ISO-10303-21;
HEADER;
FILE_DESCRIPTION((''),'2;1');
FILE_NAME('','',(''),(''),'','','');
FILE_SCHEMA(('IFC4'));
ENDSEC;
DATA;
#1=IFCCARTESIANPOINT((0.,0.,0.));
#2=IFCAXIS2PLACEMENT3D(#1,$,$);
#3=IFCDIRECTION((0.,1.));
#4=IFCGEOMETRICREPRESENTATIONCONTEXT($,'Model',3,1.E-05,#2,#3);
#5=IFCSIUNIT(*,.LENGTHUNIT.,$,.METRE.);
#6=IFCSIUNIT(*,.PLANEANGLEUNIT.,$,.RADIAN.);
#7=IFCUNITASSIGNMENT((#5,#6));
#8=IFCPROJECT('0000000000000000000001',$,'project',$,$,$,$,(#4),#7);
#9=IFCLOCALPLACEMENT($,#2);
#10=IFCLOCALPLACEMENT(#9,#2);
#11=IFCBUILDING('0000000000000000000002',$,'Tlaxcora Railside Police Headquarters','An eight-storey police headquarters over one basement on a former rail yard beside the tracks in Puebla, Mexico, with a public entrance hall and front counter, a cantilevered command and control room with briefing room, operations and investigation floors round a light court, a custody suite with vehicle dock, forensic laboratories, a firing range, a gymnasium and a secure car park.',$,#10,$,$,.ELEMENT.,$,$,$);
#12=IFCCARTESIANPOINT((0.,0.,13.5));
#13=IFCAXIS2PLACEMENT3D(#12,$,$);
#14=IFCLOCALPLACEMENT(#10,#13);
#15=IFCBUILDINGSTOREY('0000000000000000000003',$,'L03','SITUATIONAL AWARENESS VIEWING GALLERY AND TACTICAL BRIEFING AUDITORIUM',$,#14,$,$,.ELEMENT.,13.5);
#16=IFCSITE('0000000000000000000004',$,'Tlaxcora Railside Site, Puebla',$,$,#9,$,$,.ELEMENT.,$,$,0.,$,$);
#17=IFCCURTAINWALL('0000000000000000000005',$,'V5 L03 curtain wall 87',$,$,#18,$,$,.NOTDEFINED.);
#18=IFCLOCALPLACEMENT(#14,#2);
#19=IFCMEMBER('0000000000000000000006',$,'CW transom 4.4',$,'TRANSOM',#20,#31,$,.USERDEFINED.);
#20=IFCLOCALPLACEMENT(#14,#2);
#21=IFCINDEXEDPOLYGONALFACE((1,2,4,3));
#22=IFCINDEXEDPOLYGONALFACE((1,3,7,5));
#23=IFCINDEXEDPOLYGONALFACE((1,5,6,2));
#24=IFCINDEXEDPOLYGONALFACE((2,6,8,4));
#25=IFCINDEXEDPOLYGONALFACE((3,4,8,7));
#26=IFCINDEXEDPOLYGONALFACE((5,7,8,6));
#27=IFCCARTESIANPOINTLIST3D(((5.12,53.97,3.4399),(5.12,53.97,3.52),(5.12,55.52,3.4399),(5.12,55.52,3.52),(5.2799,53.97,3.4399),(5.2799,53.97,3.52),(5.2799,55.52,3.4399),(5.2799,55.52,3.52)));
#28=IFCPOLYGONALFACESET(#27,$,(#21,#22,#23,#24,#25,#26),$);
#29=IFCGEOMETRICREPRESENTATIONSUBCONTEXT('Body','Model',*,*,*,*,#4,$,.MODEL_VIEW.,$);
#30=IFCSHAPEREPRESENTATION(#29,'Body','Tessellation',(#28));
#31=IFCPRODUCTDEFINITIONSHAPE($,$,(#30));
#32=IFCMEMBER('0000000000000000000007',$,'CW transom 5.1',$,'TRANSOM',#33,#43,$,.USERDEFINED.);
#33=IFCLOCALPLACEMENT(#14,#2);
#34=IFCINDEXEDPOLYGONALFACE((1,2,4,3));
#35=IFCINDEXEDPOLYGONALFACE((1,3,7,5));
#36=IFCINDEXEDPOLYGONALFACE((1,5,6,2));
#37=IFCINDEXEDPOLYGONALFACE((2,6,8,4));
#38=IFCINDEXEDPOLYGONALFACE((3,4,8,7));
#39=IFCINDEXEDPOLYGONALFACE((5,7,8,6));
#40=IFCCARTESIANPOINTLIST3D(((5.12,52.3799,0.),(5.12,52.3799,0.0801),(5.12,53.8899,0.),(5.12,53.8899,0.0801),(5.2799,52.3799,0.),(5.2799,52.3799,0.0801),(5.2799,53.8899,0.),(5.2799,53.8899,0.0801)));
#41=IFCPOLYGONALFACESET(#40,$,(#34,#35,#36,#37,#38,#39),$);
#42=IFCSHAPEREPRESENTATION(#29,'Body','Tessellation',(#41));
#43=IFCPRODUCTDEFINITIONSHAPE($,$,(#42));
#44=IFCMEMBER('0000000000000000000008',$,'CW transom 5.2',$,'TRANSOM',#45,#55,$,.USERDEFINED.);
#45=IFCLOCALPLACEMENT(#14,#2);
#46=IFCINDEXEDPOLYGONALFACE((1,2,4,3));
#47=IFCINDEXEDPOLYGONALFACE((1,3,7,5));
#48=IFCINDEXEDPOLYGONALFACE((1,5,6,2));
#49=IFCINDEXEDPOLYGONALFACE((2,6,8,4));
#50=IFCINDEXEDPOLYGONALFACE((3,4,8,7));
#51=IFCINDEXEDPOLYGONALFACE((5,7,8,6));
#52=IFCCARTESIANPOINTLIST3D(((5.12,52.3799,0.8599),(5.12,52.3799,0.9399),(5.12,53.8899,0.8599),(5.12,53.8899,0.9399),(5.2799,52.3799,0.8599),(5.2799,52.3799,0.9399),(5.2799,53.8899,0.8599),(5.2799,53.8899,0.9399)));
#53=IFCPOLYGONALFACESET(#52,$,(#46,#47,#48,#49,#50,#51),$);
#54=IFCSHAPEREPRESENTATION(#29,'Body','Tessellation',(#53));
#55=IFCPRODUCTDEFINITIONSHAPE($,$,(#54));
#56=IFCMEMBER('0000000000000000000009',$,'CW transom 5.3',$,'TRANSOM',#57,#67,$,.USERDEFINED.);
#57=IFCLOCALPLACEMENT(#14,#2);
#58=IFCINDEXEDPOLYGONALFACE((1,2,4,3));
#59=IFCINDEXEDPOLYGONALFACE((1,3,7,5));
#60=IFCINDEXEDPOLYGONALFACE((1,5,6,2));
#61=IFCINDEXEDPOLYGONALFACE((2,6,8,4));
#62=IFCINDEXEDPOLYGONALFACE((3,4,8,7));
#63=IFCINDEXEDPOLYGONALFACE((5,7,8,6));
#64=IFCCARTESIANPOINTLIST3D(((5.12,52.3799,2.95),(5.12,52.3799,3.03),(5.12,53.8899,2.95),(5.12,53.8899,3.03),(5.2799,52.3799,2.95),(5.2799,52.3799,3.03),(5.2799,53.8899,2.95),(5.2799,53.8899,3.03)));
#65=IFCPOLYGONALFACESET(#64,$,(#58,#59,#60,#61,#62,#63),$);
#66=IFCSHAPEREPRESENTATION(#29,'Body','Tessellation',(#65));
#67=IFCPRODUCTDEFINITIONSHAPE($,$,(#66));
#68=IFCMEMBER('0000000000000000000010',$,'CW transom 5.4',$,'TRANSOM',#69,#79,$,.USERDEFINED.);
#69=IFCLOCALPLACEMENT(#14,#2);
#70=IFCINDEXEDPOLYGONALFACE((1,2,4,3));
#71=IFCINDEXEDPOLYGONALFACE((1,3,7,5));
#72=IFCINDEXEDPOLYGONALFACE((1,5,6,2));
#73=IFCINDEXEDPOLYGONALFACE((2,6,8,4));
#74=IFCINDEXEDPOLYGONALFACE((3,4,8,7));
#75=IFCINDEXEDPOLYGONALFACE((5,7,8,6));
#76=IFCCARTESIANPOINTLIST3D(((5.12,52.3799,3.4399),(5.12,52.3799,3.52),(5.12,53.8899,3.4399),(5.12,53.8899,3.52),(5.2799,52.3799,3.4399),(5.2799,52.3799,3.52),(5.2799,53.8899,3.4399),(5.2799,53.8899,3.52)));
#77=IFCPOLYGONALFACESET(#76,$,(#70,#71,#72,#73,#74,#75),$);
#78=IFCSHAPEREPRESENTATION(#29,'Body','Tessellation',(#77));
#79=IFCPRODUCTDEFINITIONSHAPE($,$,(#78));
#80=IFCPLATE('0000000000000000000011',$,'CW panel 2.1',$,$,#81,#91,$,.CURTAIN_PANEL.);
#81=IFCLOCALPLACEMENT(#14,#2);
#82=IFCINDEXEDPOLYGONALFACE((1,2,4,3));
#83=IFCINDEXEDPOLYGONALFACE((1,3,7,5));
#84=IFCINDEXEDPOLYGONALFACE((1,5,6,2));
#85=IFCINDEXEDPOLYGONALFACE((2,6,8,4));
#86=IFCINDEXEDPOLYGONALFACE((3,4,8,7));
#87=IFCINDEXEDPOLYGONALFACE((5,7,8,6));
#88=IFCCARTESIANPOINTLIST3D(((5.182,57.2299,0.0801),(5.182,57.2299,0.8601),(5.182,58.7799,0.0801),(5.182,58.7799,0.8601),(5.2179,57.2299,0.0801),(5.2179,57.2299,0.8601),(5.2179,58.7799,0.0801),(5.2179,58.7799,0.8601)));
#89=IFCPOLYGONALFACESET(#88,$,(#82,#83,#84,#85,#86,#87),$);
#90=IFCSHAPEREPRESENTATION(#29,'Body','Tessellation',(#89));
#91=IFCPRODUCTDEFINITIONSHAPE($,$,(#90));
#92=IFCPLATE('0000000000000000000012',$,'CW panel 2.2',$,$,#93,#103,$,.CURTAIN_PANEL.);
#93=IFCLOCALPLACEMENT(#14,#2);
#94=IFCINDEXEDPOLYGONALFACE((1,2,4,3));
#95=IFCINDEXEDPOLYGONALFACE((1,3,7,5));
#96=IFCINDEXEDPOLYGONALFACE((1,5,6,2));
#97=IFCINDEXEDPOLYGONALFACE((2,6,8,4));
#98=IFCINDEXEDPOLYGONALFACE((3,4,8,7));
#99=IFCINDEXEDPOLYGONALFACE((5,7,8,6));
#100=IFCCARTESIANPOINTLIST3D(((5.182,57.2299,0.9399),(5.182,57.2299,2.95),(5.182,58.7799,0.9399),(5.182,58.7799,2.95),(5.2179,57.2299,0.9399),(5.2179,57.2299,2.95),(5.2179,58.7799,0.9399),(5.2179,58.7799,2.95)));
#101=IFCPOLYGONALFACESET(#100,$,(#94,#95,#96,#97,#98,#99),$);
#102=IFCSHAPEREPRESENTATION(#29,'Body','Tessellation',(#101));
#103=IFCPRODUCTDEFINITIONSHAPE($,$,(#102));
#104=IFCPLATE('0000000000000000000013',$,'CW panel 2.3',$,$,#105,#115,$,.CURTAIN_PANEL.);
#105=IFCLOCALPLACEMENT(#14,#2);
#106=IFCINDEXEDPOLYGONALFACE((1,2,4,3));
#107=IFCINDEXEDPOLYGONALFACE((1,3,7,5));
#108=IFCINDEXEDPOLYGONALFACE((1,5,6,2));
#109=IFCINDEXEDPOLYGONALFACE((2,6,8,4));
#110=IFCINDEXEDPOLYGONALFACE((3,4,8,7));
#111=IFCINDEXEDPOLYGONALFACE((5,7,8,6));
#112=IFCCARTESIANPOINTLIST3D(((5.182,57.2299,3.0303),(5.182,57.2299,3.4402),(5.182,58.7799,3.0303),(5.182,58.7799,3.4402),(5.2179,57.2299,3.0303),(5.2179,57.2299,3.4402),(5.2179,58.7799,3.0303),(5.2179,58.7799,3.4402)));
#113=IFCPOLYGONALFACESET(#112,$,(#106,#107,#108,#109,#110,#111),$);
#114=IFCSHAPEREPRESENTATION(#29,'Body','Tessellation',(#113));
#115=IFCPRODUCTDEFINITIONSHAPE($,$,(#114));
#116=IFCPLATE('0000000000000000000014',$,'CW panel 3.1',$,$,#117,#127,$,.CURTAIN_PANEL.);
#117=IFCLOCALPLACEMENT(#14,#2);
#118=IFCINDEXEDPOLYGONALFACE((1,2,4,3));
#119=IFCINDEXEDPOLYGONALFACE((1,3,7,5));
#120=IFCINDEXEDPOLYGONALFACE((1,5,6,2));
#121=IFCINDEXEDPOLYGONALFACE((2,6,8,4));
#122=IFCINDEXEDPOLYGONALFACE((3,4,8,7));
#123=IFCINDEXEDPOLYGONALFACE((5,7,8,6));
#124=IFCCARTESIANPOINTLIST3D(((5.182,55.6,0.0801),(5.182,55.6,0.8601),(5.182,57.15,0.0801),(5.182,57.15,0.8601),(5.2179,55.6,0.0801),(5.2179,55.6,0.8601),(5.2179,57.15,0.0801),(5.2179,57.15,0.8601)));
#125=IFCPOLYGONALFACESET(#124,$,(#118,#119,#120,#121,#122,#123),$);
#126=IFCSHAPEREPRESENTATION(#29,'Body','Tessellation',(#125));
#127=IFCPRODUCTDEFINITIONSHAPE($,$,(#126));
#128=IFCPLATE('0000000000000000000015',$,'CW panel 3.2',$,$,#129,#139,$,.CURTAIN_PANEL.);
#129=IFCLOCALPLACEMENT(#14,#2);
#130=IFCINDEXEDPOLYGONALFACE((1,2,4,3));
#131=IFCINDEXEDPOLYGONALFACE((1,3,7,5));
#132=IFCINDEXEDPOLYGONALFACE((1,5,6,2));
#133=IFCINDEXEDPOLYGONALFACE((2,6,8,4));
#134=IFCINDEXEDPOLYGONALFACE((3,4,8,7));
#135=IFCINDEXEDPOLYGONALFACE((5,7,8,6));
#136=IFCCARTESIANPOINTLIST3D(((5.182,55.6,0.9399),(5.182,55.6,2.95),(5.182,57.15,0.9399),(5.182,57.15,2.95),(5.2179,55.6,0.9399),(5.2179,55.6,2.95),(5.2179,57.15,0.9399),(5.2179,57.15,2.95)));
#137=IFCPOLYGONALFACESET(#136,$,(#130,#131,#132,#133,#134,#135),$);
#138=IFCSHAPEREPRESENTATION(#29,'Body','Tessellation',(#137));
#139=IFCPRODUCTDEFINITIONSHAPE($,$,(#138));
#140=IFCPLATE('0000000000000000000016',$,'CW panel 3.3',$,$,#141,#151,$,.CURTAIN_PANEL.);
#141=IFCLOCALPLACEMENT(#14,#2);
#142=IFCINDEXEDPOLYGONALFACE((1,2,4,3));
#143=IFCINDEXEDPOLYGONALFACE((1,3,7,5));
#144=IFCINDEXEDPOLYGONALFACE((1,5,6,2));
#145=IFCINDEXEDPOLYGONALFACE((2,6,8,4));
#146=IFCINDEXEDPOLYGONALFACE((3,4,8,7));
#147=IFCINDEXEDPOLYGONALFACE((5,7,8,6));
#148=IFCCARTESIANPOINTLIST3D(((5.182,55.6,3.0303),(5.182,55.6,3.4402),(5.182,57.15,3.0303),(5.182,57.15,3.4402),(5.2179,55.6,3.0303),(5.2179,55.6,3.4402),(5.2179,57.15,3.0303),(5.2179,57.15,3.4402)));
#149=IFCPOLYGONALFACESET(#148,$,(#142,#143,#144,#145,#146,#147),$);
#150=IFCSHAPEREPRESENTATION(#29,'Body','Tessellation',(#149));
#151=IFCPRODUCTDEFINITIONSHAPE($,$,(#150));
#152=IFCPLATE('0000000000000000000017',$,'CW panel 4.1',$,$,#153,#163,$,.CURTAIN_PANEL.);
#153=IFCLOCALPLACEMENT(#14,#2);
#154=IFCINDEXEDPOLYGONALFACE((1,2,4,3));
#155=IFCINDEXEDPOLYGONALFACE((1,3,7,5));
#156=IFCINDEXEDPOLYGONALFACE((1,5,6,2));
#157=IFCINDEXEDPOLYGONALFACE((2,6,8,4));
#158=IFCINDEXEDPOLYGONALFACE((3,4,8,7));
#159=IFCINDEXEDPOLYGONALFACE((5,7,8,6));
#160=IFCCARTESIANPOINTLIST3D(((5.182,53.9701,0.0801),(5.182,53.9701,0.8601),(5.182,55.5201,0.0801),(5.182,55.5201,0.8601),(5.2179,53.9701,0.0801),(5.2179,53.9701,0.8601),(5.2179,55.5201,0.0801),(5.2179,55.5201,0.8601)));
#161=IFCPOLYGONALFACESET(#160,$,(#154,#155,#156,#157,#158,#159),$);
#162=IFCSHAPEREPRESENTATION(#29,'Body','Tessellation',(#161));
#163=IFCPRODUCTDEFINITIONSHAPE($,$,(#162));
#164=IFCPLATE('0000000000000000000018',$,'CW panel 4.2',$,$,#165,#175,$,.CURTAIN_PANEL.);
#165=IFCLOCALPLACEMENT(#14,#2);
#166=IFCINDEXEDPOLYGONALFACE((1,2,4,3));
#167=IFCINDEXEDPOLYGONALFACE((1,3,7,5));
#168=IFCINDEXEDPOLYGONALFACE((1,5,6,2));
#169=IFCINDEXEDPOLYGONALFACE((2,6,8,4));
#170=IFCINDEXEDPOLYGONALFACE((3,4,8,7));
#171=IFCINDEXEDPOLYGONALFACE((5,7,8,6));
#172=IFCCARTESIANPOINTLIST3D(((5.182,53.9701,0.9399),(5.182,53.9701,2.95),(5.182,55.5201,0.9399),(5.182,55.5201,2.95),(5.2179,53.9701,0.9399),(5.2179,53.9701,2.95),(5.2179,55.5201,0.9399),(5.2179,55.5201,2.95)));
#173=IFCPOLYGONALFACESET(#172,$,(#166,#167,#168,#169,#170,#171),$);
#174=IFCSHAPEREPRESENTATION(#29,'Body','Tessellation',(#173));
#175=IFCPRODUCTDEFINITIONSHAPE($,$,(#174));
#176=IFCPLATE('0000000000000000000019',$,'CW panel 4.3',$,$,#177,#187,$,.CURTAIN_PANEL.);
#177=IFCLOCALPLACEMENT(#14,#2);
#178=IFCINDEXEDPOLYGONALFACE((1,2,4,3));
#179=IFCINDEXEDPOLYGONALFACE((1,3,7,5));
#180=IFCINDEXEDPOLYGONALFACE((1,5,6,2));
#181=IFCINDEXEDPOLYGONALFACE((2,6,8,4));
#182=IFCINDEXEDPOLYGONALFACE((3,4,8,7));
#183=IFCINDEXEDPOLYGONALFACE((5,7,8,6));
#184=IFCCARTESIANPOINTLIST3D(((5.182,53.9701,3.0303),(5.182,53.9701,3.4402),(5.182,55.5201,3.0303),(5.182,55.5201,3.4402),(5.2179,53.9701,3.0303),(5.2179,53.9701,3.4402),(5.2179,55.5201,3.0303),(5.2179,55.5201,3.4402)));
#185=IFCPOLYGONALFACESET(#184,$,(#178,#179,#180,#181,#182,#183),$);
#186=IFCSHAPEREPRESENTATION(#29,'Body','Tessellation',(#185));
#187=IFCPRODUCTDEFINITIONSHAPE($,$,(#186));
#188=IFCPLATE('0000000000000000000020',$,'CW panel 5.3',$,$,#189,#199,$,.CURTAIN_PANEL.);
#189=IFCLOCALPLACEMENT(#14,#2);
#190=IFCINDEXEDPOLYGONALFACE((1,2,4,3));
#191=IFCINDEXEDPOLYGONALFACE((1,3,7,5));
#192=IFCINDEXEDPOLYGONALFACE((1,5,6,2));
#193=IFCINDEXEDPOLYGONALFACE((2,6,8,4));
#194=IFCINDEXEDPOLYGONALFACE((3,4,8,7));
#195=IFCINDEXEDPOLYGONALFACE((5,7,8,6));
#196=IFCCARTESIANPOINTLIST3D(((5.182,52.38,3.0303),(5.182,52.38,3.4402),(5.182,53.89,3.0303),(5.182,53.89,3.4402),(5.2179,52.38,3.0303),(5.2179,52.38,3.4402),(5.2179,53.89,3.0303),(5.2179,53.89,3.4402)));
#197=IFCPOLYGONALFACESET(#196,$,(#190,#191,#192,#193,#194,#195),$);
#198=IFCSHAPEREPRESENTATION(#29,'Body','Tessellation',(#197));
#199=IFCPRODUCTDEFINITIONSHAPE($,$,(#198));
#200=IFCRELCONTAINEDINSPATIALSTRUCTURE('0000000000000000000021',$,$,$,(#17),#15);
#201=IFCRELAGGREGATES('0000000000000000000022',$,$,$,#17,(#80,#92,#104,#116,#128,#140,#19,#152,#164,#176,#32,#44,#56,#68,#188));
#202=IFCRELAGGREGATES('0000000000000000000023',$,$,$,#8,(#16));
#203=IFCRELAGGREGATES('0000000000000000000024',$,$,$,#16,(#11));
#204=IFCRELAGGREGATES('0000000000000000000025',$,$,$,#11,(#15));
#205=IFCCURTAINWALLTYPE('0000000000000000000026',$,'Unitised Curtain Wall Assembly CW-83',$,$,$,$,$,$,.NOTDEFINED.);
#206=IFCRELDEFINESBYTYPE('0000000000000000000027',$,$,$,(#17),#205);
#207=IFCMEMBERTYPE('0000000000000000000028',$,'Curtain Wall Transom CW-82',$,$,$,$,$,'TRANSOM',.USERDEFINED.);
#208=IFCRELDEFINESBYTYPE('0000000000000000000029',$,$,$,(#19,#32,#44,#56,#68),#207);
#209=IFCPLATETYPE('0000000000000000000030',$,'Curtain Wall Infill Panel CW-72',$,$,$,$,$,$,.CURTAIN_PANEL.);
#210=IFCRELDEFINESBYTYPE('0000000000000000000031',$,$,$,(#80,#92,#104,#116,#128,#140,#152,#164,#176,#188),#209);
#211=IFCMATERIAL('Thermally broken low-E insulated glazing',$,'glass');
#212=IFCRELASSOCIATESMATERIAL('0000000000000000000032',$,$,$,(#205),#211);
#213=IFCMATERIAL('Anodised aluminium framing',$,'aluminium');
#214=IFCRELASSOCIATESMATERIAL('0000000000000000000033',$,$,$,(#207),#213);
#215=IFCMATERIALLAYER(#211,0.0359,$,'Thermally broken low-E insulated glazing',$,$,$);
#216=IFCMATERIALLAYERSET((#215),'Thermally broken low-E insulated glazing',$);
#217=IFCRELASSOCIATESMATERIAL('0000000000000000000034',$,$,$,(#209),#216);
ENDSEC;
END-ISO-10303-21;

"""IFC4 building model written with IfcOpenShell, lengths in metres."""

from ifc_helpers import new_model, si_unit, direction, frame, origin, origin_2d, place, context, subcontext, project, spatial, rectangle, extrude, material, layer, layer_set, material_profile, profile_set, type_object, element, aggregate, save


model = new_model("IFC4")

# Units and contexts
model_context = context("Model", 3, precision=1e-05, world=origin(), true_north=direction((0.0, 1.0)))
body_context = subcontext(model_context, "Body", "Model", "MODEL_VIEW")
ifc_project = project(units=[si_unit("LENGTHUNIT", "METRE"), si_unit("PLANEANGLEUNIT", "RADIAN")], contexts=[model_context])

# Site, building, storey
site_placement = place(None, origin())
site = spatial("IfcSite", under=ifc_project, at=site_placement, Name="Tlaxcora Railside Site, Puebla", CompositionType="ELEMENT", RefElevation=0.0)
building_placement = place(site_placement, origin())
building = spatial("IfcBuilding", under=site, at=building_placement, Name="Tlaxcora Railside Police Headquarters", Description="An eight-storey police headquarters over one basement on a former rail yard beside the tracks in Puebla, Mexico, with a public entrance hall and front counter, a cantilevered command and control room with briefing room, operations and investigation floors round a light court, a custody suite with vehicle dock, forensic laboratories, a firing range, a gymnasium and a secure car park.", CompositionType="ELEMENT")
storey_placement = place(building_placement, frame((0.0, 0.0, 13.5)))
storey = spatial("IfcBuildingStorey", under=building, at=storey_placement, Name="L03", Description="SITUATIONAL AWARENESS VIEWING GALLERY AND TACTICAL BRIEFING AUDITORIUM", CompositionType="ELEMENT", Elevation=13.5)

# Curtain wall, members, plates
ifc_material_1 = material(Name="Thermally broken low-E insulated glazing", Category="glass")
curtain_wall_type = type_object("IfcCurtainWallType", Name="Unitised Curtain Wall Assembly CW-83", PredefinedType="NOTDEFINED", material=ifc_material_1)
curtain_wall_placement = place(storey_placement, origin())
curtain_wall = element("IfcCurtainWall", 1, at=curtain_wall_placement, inside=storey, type_object=curtain_wall_type, Name="V5 L03 curtain wall 87", PredefinedType="NOTDEFINED")
ifc_material_2 = material(Name="Anodised aluminium framing", Category="aluminium")
ifc_material_profile_1 = material_profile(ifc_material_2, rectangle(XDim=0.1599, YDim=0.0801, at=origin_2d()), Name="AL80X160")
ifc_profile_set_1 = profile_set([ifc_material_profile_1], Name="Anodised aluminium framing")
member_type_1 = type_object("IfcMemberType", Name="Curtain Wall Transom CW-82", ElementType="TRANSOM", PredefinedType="USERDEFINED", material=ifc_profile_set_1)
member_1_placement = place(storey_placement, frame((5.2, 55.52, 3.48), z_axis=(0.0, -1.0, 0.0), x_axis=(1.0, 0.0, 0.0)))
member_1 = element("IfcMember", 2, at=member_1_placement, type_object=member_type_1, Name="CW transom 4.4", ObjectType="TRANSOM", PredefinedType="USERDEFINED", context=body_context, shape_type="SweptSolid", body=[
    extrude(rectangle(XDim=0.1599, YDim=0.0801, at=origin_2d()), origin(), (0.0, 0.0, 1.0), 1.55),
])
member_2_placement = place(storey_placement, frame((5.2, 53.8899, 0.04), z_axis=(0.0, -1.0, 0.0), x_axis=(1.0, 0.0, 0.0)))
member_2 = element("IfcMember", 3, at=member_2_placement, type_object=member_type_1, Name="CW transom 5.1", ObjectType="TRANSOM", PredefinedType="USERDEFINED", context=body_context, shape_type="SweptSolid", body=[
    extrude(rectangle(XDim=0.1599, YDim=0.0801, at=origin_2d()), origin(), (0.0, 0.0, 1.0), 1.51),
])
member_3_placement = place(storey_placement, frame((5.2, 53.8899, 0.8999), z_axis=(0.0, -1.0, 0.0), x_axis=(1.0, 0.0, 0.0)))
member_3 = element("IfcMember", 4, at=member_3_placement, type_object=member_type_1, Name="CW transom 5.2", ObjectType="TRANSOM", PredefinedType="USERDEFINED", context=body_context, shape_type="SweptSolid", body=[
    extrude(rectangle(XDim=0.1599, YDim=0.0801, at=origin_2d()), origin(), (0.0, 0.0, 1.0), 1.51),
])
member_4_placement = place(storey_placement, frame((5.2, 53.8899, 2.99), z_axis=(0.0, -1.0, 0.0), x_axis=(1.0, 0.0, 0.0)))
member_4 = element("IfcMember", 5, at=member_4_placement, type_object=member_type_1, Name="CW transom 5.3", ObjectType="TRANSOM", PredefinedType="USERDEFINED", context=body_context, shape_type="SweptSolid", body=[
    extrude(rectangle(XDim=0.1599, YDim=0.0801, at=origin_2d()), origin(), (0.0, 0.0, 1.0), 1.51),
])
member_5_placement = place(storey_placement, frame((5.2, 53.8899, 3.48), z_axis=(0.0, -1.0, 0.0), x_axis=(1.0, 0.0, 0.0)))
member_5 = element("IfcMember", 6, at=member_5_placement, type_object=member_type_1, Name="CW transom 5.4", ObjectType="TRANSOM", PredefinedType="USERDEFINED", context=body_context, shape_type="SweptSolid", body=[
    extrude(rectangle(XDim=0.1599, YDim=0.0801, at=origin_2d()), origin(), (0.0, 0.0, 1.0), 1.51),
])
ifc_layer_1 = layer(ifc_material_1, 0.0359, Name="Thermally broken low-E insulated glazing")
ifc_layer_set_1 = layer_set([ifc_layer_1], Name="Thermally broken low-E insulated glazing")
plate_type = type_object("IfcPlateType", Name="Curtain Wall Infill Panel CW-72", PredefinedType="CURTAIN_PANEL", material=ifc_layer_set_1)
plate_1_placement = place(storey_placement, frame((5.2, 58.0049, 0.0801), z_axis=(0.0, 0.0, 1.0), x_axis=(0.0, -1.0, 0.0)))
plate_1 = element("IfcPlate", 7, at=plate_1_placement, type_object=plate_type, Name="CW panel 2.1", PredefinedType="CURTAIN_PANEL", context=body_context, shape_type="SweptSolid", body=[
    extrude(rectangle(XDim=1.55, YDim=0.0359, at=origin_2d()), origin(), (0.0, 0.0, 1.0), 0.78),
])
plate_2_placement = place(storey_placement, frame((5.2, 58.0049, 0.9399), z_axis=(0.0, 0.0, 1.0), x_axis=(0.0, -1.0, 0.0)))
plate_2 = element("IfcPlate", 8, at=plate_2_placement, type_object=plate_type, Name="CW panel 2.2", PredefinedType="CURTAIN_PANEL", context=body_context, shape_type="SweptSolid", body=[
    extrude(rectangle(XDim=1.55, YDim=0.0359, at=origin_2d()), origin(), (0.0, 0.0, 1.0), 2.01),
])
plate_3_placement = place(storey_placement, frame((5.2, 58.0049, 3.0303), z_axis=(0.0, 0.0, 1.0), x_axis=(0.0, -1.0, 0.0)))
plate_3 = element("IfcPlate", 9, at=plate_3_placement, type_object=plate_type, Name="CW panel 2.3", PredefinedType="CURTAIN_PANEL", context=body_context, shape_type="SweptSolid", body=[
    extrude(rectangle(XDim=1.55, YDim=0.0359, at=origin_2d()), origin(), (0.0, 0.0, 1.0), 0.4099),
])
plate_4_placement = place(storey_placement, frame((5.2, 56.375, 0.0801), z_axis=(0.0, 0.0, 1.0), x_axis=(0.0, -1.0, 0.0)))
plate_4 = element("IfcPlate", 10, at=plate_4_placement, type_object=plate_type, Name="CW panel 3.1", PredefinedType="CURTAIN_PANEL", context=body_context, shape_type="SweptSolid", body=[
    extrude(rectangle(XDim=1.55, YDim=0.0359, at=origin_2d()), origin(), (0.0, 0.0, 1.0), 0.78),
])
plate_5_placement = place(storey_placement, frame((5.2, 56.375, 0.9399), z_axis=(0.0, 0.0, 1.0), x_axis=(0.0, -1.0, 0.0)))
plate_5 = element("IfcPlate", 11, at=plate_5_placement, type_object=plate_type, Name="CW panel 3.2", PredefinedType="CURTAIN_PANEL", context=body_context, shape_type="SweptSolid", body=[
    extrude(rectangle(XDim=1.55, YDim=0.0359, at=origin_2d()), origin(), (0.0, 0.0, 1.0), 2.01),
])
plate_6_placement = place(storey_placement, frame((5.2, 56.375, 3.0303), z_axis=(0.0, 0.0, 1.0), x_axis=(0.0, -1.0, 0.0)))
plate_6 = element("IfcPlate", 12, at=plate_6_placement, type_object=plate_type, Name="CW panel 3.3", PredefinedType="CURTAIN_PANEL", context=body_context, shape_type="SweptSolid", body=[
    extrude(rectangle(XDim=1.55, YDim=0.0359, at=origin_2d()), origin(), (0.0, 0.0, 1.0), 0.4099),
])
plate_7_placement = place(storey_placement, frame((5.2, 54.7451, 0.0801), z_axis=(0.0, 0.0, 1.0), x_axis=(0.0, -1.0, 0.0)))
plate_7 = element("IfcPlate", 13, at=plate_7_placement, type_object=plate_type, Name="CW panel 4.1", PredefinedType="CURTAIN_PANEL", context=body_context, shape_type="SweptSolid", body=[
    extrude(rectangle(XDim=1.55, YDim=0.0359, at=origin_2d()), origin(), (0.0, 0.0, 1.0), 0.78),
])
plate_8_placement = place(storey_placement, frame((5.2, 54.7451, 0.9399), z_axis=(0.0, 0.0, 1.0), x_axis=(0.0, -1.0, 0.0)))
plate_8 = element("IfcPlate", 14, at=plate_8_placement, type_object=plate_type, Name="CW panel 4.2", PredefinedType="CURTAIN_PANEL", context=body_context, shape_type="SweptSolid", body=[
    extrude(rectangle(XDim=1.55, YDim=0.0359, at=origin_2d()), origin(), (0.0, 0.0, 1.0), 2.01),
])
plate_9_placement = place(storey_placement, frame((5.2, 54.7451, 3.0303), z_axis=(0.0, 0.0, 1.0), x_axis=(0.0, -1.0, 0.0)))
plate_9 = element("IfcPlate", 15, at=plate_9_placement, type_object=plate_type, Name="CW panel 4.3", PredefinedType="CURTAIN_PANEL", context=body_context, shape_type="SweptSolid", body=[
    extrude(rectangle(XDim=1.55, YDim=0.0359, at=origin_2d()), origin(), (0.0, 0.0, 1.0), 0.4099),
])
plate_10_placement = place(storey_placement, frame((5.2, 53.135, 3.0303), z_axis=(0.0, 0.0, 1.0), x_axis=(0.0, -1.0, 0.0)))
plate_10 = element("IfcPlate", 16, at=plate_10_placement, type_object=plate_type, Name="CW panel 5.3", PredefinedType="CURTAIN_PANEL", context=body_context, shape_type="SweptSolid", body=[
    extrude(rectangle(XDim=1.51, YDim=0.0359, at=origin_2d()), origin(), (0.0, 0.0, 1.0), 0.4099),
])
aggregate(curtain_wall, [plate_1, plate_2, plate_3, plate_4, plate_5, plate_6, member_1, plate_7, plate_8, plate_9, member_2, member_3, member_4, member_5, plate_10])

save(model, "model.ifc")
